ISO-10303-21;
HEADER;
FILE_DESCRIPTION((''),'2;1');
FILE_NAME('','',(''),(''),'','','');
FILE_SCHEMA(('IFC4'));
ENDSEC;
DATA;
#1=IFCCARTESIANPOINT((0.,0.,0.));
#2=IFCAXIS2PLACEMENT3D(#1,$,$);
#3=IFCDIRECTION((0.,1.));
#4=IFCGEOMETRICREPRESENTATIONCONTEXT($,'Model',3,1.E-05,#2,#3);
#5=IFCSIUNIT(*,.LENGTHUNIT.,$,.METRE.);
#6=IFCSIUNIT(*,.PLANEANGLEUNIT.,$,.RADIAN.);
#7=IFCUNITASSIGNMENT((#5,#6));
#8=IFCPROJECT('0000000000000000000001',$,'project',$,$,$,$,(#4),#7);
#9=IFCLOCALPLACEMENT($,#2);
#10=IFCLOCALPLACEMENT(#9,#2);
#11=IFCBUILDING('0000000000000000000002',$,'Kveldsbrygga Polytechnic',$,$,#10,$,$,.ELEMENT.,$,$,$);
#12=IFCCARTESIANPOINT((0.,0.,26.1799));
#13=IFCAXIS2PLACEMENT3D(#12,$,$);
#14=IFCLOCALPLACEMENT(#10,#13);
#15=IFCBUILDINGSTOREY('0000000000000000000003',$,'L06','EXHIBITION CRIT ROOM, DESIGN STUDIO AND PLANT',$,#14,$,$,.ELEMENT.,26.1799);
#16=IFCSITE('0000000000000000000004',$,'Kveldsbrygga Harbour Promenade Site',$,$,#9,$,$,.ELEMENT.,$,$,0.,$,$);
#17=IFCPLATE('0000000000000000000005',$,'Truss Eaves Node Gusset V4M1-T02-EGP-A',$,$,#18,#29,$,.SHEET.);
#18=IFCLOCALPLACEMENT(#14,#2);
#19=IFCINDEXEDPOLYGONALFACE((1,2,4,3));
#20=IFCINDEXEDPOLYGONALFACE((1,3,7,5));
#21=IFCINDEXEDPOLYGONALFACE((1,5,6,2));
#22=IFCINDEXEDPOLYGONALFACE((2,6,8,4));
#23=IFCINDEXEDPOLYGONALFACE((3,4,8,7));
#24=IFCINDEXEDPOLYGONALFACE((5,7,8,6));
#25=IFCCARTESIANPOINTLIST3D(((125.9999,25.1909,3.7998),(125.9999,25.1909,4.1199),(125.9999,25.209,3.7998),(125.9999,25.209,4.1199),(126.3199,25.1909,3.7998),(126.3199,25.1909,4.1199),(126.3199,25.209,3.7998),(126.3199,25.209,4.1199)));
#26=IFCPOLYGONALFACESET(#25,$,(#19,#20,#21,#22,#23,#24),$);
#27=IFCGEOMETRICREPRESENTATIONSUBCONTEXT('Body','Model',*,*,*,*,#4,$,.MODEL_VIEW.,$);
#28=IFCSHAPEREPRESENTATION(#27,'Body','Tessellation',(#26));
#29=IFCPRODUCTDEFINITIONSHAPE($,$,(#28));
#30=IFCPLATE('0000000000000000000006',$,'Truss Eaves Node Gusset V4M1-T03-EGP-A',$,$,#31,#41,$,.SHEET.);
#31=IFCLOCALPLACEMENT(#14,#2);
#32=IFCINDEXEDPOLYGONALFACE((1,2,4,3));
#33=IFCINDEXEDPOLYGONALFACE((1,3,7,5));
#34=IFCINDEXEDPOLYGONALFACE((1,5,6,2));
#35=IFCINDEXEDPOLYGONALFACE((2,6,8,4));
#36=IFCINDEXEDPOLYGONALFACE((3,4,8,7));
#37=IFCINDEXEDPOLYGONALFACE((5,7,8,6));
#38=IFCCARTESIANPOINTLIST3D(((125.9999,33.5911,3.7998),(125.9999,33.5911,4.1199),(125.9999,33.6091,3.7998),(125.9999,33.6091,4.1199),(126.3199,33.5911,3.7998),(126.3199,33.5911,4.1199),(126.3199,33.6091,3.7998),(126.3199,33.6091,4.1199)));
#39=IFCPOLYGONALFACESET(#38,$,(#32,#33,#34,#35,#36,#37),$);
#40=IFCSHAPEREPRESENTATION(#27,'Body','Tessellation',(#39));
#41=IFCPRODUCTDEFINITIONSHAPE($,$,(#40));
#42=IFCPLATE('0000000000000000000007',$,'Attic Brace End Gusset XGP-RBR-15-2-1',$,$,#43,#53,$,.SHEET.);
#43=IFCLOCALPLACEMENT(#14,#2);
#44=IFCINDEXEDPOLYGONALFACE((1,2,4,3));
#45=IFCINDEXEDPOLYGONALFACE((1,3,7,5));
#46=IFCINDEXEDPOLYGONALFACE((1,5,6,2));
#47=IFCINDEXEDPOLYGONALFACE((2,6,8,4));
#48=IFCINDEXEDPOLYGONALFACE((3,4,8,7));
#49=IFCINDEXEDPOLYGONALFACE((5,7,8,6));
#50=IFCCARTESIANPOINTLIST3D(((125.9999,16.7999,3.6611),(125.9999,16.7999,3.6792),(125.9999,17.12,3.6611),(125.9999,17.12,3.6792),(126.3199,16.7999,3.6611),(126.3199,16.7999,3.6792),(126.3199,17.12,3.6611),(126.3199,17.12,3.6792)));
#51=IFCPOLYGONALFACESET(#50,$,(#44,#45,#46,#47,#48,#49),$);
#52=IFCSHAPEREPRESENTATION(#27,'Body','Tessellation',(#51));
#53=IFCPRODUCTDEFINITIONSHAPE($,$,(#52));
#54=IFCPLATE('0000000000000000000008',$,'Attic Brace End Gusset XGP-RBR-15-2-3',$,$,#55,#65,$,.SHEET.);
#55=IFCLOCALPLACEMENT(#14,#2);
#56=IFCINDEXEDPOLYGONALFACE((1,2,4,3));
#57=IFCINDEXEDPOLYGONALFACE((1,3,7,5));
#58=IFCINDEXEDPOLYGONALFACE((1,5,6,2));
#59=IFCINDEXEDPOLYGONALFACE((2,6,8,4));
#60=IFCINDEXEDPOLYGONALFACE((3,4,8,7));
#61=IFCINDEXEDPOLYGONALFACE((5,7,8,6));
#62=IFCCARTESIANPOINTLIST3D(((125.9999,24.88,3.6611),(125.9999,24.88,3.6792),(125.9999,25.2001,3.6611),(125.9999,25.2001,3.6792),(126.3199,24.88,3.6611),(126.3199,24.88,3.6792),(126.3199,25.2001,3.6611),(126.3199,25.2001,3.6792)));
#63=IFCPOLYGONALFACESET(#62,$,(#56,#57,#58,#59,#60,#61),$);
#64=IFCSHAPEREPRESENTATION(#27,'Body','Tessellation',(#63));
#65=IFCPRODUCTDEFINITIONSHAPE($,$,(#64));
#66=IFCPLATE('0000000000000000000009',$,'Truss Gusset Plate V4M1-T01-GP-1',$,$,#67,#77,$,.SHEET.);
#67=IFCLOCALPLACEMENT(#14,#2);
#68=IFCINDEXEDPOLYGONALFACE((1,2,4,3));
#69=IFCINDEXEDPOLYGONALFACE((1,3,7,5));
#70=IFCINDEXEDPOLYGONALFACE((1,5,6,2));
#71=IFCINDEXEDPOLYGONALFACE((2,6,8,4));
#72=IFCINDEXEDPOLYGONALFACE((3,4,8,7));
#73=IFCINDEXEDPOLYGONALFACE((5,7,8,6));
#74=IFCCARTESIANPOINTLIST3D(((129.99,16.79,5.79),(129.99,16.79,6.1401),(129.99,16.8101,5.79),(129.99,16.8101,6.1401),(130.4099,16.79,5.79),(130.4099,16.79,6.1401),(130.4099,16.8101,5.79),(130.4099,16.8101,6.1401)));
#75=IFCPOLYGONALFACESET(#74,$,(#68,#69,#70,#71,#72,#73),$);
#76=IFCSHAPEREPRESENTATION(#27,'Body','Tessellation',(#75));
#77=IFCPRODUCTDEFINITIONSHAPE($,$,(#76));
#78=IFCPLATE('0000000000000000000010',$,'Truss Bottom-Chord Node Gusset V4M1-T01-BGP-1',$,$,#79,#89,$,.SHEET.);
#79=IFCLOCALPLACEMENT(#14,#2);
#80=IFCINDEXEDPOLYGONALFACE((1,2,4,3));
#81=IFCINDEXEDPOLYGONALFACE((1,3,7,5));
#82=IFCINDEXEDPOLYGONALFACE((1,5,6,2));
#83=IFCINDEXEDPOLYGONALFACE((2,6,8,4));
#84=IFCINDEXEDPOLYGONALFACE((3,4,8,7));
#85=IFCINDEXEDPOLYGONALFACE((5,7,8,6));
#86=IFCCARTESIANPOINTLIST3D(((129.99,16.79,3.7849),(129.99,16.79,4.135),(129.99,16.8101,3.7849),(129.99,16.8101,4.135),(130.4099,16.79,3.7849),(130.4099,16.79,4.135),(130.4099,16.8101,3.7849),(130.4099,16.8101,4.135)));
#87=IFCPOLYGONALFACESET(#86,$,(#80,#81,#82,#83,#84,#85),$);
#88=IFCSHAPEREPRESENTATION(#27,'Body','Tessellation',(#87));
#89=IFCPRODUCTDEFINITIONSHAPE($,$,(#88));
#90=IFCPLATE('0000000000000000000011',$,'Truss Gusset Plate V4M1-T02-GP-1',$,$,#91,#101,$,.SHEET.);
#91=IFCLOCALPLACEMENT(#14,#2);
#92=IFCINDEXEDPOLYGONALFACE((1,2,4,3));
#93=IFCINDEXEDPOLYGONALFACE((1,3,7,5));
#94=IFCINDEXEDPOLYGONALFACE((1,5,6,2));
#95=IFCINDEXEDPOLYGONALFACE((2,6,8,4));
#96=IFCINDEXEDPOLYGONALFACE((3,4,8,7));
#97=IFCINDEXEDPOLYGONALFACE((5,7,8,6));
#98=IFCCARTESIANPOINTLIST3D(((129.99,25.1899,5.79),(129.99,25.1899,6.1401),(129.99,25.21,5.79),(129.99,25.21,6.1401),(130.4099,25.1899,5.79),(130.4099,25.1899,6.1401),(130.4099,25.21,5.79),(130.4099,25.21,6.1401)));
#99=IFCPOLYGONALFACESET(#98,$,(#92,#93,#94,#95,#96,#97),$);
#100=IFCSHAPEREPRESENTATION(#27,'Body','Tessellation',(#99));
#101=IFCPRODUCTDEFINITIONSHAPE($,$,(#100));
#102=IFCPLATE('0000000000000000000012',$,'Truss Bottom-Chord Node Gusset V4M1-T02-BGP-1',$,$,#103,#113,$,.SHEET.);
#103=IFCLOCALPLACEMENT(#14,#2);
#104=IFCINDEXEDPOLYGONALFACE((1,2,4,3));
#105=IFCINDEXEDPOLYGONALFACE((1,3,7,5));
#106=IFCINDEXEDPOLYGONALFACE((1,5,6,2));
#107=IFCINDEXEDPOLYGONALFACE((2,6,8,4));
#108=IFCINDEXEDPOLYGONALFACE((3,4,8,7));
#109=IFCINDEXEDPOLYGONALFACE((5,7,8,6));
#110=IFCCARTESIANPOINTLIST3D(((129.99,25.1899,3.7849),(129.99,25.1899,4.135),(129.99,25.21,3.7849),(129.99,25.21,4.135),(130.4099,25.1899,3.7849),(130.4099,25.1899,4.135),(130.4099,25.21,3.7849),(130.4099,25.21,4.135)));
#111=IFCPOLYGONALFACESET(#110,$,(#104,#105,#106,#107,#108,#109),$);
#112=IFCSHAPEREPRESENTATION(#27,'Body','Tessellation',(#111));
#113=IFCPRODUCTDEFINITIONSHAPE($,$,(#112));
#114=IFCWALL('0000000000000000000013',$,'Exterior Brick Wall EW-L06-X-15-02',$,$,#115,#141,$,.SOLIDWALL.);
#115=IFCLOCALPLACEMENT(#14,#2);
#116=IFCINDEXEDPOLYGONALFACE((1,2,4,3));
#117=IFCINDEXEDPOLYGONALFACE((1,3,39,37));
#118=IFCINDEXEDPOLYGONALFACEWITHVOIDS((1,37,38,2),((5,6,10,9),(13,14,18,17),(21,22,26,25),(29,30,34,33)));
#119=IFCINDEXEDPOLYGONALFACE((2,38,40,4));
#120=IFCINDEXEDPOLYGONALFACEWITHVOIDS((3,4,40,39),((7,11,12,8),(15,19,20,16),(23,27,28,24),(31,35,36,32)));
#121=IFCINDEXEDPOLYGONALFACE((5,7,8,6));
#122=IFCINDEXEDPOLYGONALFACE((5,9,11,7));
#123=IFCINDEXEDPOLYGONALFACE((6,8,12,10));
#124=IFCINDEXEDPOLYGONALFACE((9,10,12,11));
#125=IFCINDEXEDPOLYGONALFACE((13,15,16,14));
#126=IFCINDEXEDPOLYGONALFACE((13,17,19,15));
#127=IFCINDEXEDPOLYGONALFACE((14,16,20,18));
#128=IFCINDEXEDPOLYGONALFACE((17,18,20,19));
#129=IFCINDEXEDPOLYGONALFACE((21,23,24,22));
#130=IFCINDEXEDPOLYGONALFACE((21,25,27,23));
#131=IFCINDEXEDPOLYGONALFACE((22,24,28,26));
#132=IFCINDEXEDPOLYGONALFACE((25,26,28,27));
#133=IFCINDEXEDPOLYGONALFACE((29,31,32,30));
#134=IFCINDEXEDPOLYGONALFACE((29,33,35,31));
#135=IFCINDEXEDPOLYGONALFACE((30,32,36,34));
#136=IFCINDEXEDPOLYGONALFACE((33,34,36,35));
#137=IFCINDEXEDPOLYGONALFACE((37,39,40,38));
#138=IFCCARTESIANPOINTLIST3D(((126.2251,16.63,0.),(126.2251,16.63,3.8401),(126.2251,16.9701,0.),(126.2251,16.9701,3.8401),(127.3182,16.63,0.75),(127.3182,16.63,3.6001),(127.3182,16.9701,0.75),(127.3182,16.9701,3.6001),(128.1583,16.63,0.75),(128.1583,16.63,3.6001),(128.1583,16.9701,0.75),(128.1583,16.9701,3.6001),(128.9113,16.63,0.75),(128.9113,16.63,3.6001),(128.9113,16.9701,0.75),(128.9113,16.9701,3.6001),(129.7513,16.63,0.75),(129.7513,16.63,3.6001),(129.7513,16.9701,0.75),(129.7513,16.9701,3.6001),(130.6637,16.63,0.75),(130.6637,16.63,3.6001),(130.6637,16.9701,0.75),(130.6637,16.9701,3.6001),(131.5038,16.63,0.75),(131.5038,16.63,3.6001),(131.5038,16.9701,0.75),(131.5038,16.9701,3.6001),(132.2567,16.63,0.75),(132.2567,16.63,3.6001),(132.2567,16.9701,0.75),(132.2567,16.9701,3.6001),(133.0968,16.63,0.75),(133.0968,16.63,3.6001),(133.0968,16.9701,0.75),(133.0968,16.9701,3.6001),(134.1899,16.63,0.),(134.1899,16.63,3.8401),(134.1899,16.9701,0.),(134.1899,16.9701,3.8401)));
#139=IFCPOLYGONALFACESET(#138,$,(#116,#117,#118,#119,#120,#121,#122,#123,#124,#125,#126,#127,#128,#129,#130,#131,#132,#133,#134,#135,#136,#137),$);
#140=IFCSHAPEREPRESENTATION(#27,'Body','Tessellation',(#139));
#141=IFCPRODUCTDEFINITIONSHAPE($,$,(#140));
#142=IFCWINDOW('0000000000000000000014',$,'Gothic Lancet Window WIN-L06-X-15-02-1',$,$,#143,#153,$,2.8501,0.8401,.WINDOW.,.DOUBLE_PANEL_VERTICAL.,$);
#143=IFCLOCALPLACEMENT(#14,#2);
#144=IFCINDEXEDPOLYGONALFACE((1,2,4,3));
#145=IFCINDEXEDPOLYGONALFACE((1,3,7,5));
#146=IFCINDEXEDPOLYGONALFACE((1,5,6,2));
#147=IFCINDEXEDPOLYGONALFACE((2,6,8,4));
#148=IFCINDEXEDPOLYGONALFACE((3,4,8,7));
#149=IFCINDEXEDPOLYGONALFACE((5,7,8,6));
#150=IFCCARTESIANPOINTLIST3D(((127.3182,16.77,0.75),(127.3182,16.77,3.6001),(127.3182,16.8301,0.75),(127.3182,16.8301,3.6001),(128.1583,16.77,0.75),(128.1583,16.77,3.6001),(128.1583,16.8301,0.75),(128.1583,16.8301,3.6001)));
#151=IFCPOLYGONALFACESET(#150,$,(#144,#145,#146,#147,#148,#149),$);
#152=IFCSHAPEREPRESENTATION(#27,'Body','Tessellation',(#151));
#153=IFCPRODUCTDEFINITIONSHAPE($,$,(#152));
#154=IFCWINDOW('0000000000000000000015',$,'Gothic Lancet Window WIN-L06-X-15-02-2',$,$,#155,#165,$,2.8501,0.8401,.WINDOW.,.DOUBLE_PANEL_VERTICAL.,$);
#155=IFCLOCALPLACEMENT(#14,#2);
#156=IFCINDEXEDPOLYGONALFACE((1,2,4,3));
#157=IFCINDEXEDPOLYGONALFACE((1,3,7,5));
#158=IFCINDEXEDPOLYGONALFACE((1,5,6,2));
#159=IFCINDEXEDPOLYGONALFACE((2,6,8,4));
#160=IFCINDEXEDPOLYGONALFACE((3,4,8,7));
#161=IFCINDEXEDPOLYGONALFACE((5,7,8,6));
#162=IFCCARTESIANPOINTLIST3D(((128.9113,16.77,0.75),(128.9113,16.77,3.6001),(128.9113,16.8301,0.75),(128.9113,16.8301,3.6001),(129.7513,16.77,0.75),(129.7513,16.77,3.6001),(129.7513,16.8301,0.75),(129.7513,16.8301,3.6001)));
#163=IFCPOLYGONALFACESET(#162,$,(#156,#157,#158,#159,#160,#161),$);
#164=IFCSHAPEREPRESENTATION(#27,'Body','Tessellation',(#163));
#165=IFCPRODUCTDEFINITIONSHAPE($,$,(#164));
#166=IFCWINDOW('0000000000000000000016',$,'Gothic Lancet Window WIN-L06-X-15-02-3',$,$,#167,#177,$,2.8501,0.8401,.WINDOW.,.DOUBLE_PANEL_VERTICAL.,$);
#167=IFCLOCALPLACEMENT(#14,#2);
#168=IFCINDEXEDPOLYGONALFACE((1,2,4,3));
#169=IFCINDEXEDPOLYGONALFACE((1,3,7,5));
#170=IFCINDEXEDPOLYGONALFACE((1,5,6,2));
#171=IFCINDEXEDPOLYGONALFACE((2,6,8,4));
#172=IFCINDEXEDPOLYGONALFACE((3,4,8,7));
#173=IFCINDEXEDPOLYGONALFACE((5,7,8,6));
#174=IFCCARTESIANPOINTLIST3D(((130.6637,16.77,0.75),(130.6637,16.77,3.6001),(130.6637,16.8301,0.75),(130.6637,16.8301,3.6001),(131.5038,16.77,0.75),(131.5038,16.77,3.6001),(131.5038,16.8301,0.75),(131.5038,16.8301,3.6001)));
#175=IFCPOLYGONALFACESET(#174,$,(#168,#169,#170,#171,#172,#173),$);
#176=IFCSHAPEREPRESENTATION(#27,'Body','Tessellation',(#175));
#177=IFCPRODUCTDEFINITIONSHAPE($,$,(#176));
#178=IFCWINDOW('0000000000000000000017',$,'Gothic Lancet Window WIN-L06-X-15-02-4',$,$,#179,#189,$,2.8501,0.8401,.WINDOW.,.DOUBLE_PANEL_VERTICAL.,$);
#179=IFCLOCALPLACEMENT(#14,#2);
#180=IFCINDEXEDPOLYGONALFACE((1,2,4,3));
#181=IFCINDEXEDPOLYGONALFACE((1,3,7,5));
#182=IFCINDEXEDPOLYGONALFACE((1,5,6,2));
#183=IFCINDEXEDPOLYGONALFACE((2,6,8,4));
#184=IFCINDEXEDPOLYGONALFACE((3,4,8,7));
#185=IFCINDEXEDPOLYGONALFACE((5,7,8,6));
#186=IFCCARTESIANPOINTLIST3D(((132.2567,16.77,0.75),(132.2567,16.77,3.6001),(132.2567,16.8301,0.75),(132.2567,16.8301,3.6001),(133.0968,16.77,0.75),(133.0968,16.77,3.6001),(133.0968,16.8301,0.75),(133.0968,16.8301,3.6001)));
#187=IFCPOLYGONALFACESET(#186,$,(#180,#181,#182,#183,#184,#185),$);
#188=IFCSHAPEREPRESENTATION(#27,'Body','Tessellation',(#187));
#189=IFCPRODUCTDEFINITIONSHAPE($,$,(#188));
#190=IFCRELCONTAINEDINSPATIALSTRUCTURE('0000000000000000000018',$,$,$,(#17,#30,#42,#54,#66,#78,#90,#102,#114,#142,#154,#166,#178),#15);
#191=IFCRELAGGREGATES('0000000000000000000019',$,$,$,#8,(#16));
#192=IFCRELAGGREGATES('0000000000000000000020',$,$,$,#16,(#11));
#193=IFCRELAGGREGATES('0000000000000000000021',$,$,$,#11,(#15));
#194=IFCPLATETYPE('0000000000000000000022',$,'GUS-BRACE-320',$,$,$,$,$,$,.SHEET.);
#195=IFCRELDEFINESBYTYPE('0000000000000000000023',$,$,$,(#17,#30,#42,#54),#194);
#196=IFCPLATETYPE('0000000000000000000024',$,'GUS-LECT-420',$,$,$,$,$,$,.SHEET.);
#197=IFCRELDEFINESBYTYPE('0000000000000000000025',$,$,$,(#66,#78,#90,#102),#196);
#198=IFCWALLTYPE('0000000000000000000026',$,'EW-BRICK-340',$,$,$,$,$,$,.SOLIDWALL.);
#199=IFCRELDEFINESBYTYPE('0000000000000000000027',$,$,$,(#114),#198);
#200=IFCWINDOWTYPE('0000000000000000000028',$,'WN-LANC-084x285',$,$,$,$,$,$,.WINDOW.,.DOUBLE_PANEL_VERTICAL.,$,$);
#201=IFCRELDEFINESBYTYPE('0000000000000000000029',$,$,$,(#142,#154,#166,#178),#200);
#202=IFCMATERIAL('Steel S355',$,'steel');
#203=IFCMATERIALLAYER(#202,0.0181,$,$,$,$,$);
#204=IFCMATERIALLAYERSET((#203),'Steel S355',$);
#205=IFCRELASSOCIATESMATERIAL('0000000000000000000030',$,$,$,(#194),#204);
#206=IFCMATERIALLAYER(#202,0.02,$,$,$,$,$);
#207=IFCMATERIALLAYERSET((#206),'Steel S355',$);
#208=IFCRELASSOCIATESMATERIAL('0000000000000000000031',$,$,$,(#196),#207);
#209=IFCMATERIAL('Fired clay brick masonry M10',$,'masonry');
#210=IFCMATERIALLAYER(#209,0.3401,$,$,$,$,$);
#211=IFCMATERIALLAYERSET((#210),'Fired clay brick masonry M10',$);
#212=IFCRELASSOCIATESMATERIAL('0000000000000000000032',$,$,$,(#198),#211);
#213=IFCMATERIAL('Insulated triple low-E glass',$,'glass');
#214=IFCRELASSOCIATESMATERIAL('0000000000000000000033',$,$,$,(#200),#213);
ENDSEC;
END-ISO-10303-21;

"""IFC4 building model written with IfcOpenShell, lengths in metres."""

from ifc_helpers import new_model, si_unit, direction, frame, frame_2d, origin, origin_2d, place, context, subcontext, project, spatial, rectangle, extrude, material, layer, layer_set, type_object, element, fill, save


model = new_model("IFC4")

# Units and contexts
model_context = context("Model", 3, precision=1e-05, world=origin(), true_north=direction((0.0, 1.0)))
body_context = subcontext(model_context, "Body", "Model", "MODEL_VIEW")
ifc_project = project(units=[si_unit("LENGTHUNIT", "METRE"), si_unit("PLANEANGLEUNIT", "RADIAN")], contexts=[model_context])

# Site, building, storey
site_placement = place(None, origin())
site = spatial("IfcSite", under=ifc_project, at=site_placement, Name="Kveldsbrygga Harbour Promenade Site", CompositionType="ELEMENT", RefElevation=0.0)
building_placement = place(site_placement, origin())
building = spatial("IfcBuilding", under=site, at=building_placement, Name="Kveldsbrygga Polytechnic", CompositionType="ELEMENT")
storey_placement = place(building_placement, frame((0.0, 0.0, 26.1799)))
storey = spatial("IfcBuildingStorey", under=building, at=storey_placement, Name="L06", Description="EXHIBITION CRIT ROOM, DESIGN STUDIO AND PLANT", CompositionType="ELEMENT", Elevation=26.1799)

# Shared definitions
ifc_material_1 = material(Name="Steel S355", Category="steel")

# Plates
ifc_layer_1 = layer(ifc_material_1, 0.0181)
ifc_layer_set_1 = layer_set([ifc_layer_1], Name="Steel S355")
plate_type_1 = type_object("IfcPlateType", Name="GUS-BRACE-320", PredefinedType="SHEET", material=ifc_layer_set_1)
for number, where, z_axis, x_axis, name in (
    (1, (126.1599, 25.2, 3.7998), (0.0, 0.0, 1.0), (1.0, 0.0, 0.0), "Truss Eaves Node Gusset V4M1-T02-EGP-A"),
    (2, (126.1599, 33.6001, 3.7998), (0.0, 0.0, 1.0), (1.0, 0.0, 0.0), "Truss Eaves Node Gusset V4M1-T03-EGP-A"),
):
    element("IfcPlate", number, at=place(storey_placement, frame(where, z_axis=z_axis, x_axis=x_axis)), inside=storey, type_object=plate_type_1, Name=name, PredefinedType="SHEET", context=body_context, shape_type="SweptSolid", body=[
        extrude(rectangle(XDim=0.3201, YDim=0.0181, at=origin_2d()), origin(), (0.0, 0.0, 1.0), 0.3201),
    ])
for number, where, z_axis, x_axis, name in (
    (3, (126.1599, 16.96, 3.6611), (0.0, 0.0, 1.0), (1.0, 0.0, 0.0), "Attic Brace End Gusset XGP-RBR-15-2-1"),
    (4, (126.1599, 25.04, 3.6611), (0.0, 0.0, 1.0), (1.0, 0.0, 0.0), "Attic Brace End Gusset XGP-RBR-15-2-3"),
):
    element("IfcPlate", number, at=place(storey_placement, frame(where, z_axis=z_axis, x_axis=x_axis)), inside=storey, type_object=plate_type_1, Name=name, PredefinedType="SHEET", context=body_context, shape_type="SweptSolid", body=[
        extrude(rectangle(XDim=0.3201, YDim=0.3201, at=origin_2d()), origin(), (0.0, 0.0, 1.0), 0.0181),
    ])
ifc_layer_2 = layer(ifc_material_1, 0.02)
ifc_layer_set_2 = layer_set([ifc_layer_2], Name="Steel S355")
plate_type_2 = type_object("IfcPlateType", Name="GUS-LECT-420", PredefinedType="SHEET", material=ifc_layer_set_2)
for number, where, z_axis, x_axis, name in (
    (5, (130.2, 16.8, 5.79), (0.0, 0.0, 1.0), (1.0, 0.0, 0.0), "Truss Gusset Plate V4M1-T01-GP-1"),
    (6, (130.2, 16.8, 3.7849), (0.0, 0.0, 1.0), (1.0, 0.0, 0.0), "Truss Bottom-Chord Node Gusset V4M1-T01-BGP-1"),
    (7, (130.2, 25.2, 5.79), (0.0, 0.0, 1.0), (1.0, 0.0, 0.0), "Truss Gusset Plate V4M1-T02-GP-1"),
    (8, (130.2, 25.2, 3.7849), (0.0, 0.0, 1.0), (1.0, 0.0, 0.0), "Truss Bottom-Chord Node Gusset V4M1-T02-BGP-1"),
):
    element("IfcPlate", number, at=place(storey_placement, frame(where, z_axis=z_axis, x_axis=x_axis)), inside=storey, type_object=plate_type_2, Name=name, PredefinedType="SHEET", context=body_context, shape_type="SweptSolid", body=[
        extrude(rectangle(XDim=0.4199, YDim=0.02, at=origin_2d()), origin(), (0.0, 0.0, 1.0), 0.3501),
    ])

# Wall, openings, windows
ifc_material_2 = material(Name="Fired clay brick masonry M10", Category="masonry")
ifc_layer_3 = layer(ifc_material_2, 0.3401)
ifc_layer_set_3 = layer_set([ifc_layer_3], Name="Fired clay brick masonry M10")
wall_type_1 = type_object("IfcWallType", Name="EW-BRICK-340", PredefinedType="SOLIDWALL", material=ifc_layer_set_3)
wall_1_placement = place(storey_placement, frame((126.2251, 16.8, 0.0), z_axis=(0.0, 0.0, 1.0), x_axis=(1.0, 0.0, 0.0)))
wall_1 = element("IfcWall", 9, at=wall_1_placement, inside=storey, type_object=wall_type_1, Name="Exterior Brick Wall EW-L06-X-15-02", PredefinedType="SOLIDWALL", context=body_context, shape_type="SweptSolid", body=[
    extrude(rectangle(XDim=7.9648, YDim=0.3401, at=frame_2d((3.9824, 0.0))), origin(), (0.0, 0.0, 1.0), 3.8401),
])
opening_1_placement = place(wall_1_placement, frame((1.0933, 0.0, 0.75)))
opening_1 = element("IfcOpeningElement", 10, at=opening_1_placement, cuts=wall_1, PredefinedType="OPENING", context=body_context, shape_type="SweptSolid", body=[
    extrude(rectangle(XDim=0.8401, YDim=2.8501, at=frame_2d((0.4199, 1.425))), frame((0.0, 0.1802, 0.0), z_axis=(0.0, -1.0, 0.0), x_axis=(1.0, 0.0, 0.0)), (0.0, 0.0, 1.0), 0.3601),
])
opening_2_placement = place(wall_1_placement, frame((2.6863, 0.0, 0.75)))
opening_2 = element("IfcOpeningElement", 11, at=opening_2_placement, cuts=wall_1, PredefinedType="OPENING", context=body_context, shape_type="SweptSolid", body=[
    extrude(rectangle(XDim=0.8401, YDim=2.8501, at=frame_2d((0.4199, 1.425))), frame((0.0, 0.1802, 0.0), z_axis=(0.0, -1.0, 0.0), x_axis=(1.0, 0.0, 0.0)), (0.0, 0.0, 1.0), 0.3601),
])
opening_3_placement = place(wall_1_placement, frame((4.4387, 0.0, 0.75)))
opening_3 = element("IfcOpeningElement", 12, at=opening_3_placement, cuts=wall_1, PredefinedType="OPENING", context=body_context, shape_type="SweptSolid", body=[
    extrude(rectangle(XDim=0.8401, YDim=2.8501, at=frame_2d((0.4199, 1.425))), frame((0.0, 0.1802, 0.0), z_axis=(0.0, -1.0, 0.0), x_axis=(1.0, 0.0, 0.0)), (0.0, 0.0, 1.0), 0.3601),
])
opening_4_placement = place(wall_1_placement, frame((6.0317, 0.0, 0.75)))
opening_4 = element("IfcOpeningElement", 13, at=opening_4_placement, cuts=wall_1, PredefinedType="OPENING", context=body_context, shape_type="SweptSolid", body=[
    extrude(rectangle(XDim=0.8401, YDim=2.8501, at=frame_2d((0.4199, 1.425))), frame((0.0, 0.1802, 0.0), z_axis=(0.0, -1.0, 0.0), x_axis=(1.0, 0.0, 0.0)), (0.0, 0.0, 1.0), 0.3601),
])
ifc_material_3 = material(Name="Insulated triple low-E glass", Category="glass")
window_type = type_object("IfcWindowType", Name="WN-LANC-084x285", PartitioningType="DOUBLE_PANEL_VERTICAL", PredefinedType="WINDOW", material=ifc_material_3)
window_1_placement = place(opening_1_placement, origin())
window_1 = element("IfcWindow", 14, at=window_1_placement, inside=storey, type_object=window_type, Name="Gothic Lancet Window WIN-L06-X-15-02-1", OverallHeight=2.8501, OverallWidth=0.8401, PartitioningType="DOUBLE_PANEL_VERTICAL", PredefinedType="WINDOW", context=body_context, shape_type="SweptSolid", body=[
    extrude(rectangle(XDim=0.8401, YDim=2.8501, at=frame_2d((0.4199, 1.425))), frame((0.0, 0.03, 0.0), z_axis=(0.0, -1.0, 0.0), x_axis=(1.0, 0.0, 0.0)), (0.0, 0.0, 1.0), 0.0601),
])
fill(opening_1, window_1)
window_2_placement = place(opening_2_placement, origin())
window_2 = element("IfcWindow", 15, at=window_2_placement, inside=storey, type_object=window_type, Name="Gothic Lancet Window WIN-L06-X-15-02-2", OverallHeight=2.8501, OverallWidth=0.8401, PartitioningType="DOUBLE_PANEL_VERTICAL", PredefinedType="WINDOW", context=body_context, shape_type="SweptSolid", body=[
    extrude(rectangle(XDim=0.8401, YDim=2.8501, at=frame_2d((0.4199, 1.425))), frame((0.0, 0.03, 0.0), z_axis=(0.0, -1.0, 0.0), x_axis=(1.0, 0.0, 0.0)), (0.0, 0.0, 1.0), 0.0601),
])
fill(opening_2, window_2)
window_3_placement = place(opening_3_placement, origin())
window_3 = element("IfcWindow", 16, at=window_3_placement, inside=storey, type_object=window_type, Name="Gothic Lancet Window WIN-L06-X-15-02-3", OverallHeight=2.8501, OverallWidth=0.8401, PartitioningType="DOUBLE_PANEL_VERTICAL", PredefinedType="WINDOW", context=body_context, shape_type="SweptSolid", body=[
    extrude(rectangle(XDim=0.8401, YDim=2.8501, at=frame_2d((0.4199, 1.425))), frame((0.0, 0.03, 0.0), z_axis=(0.0, -1.0, 0.0), x_axis=(1.0, 0.0, 0.0)), (0.0, 0.0, 1.0), 0.0601),
])
fill(opening_3, window_3)
window_4_placement = place(opening_4_placement, origin())
window_4 = element("IfcWindow", 17, at=window_4_placement, inside=storey, type_object=window_type, Name="Gothic Lancet Window WIN-L06-X-15-02-4", OverallHeight=2.8501, OverallWidth=0.8401, PartitioningType="DOUBLE_PANEL_VERTICAL", PredefinedType="WINDOW", context=body_context, shape_type="SweptSolid", body=[
    extrude(rectangle(XDim=0.8401, YDim=2.8501, at=frame_2d((0.4199, 1.425))), frame((0.0, 0.03, 0.0), z_axis=(0.0, -1.0, 0.0), x_axis=(1.0, 0.0, 0.0)), (0.0, 0.0, 1.0), 0.0601),
])
fill(opening_4, window_4)

save(model, "model.ifc")
